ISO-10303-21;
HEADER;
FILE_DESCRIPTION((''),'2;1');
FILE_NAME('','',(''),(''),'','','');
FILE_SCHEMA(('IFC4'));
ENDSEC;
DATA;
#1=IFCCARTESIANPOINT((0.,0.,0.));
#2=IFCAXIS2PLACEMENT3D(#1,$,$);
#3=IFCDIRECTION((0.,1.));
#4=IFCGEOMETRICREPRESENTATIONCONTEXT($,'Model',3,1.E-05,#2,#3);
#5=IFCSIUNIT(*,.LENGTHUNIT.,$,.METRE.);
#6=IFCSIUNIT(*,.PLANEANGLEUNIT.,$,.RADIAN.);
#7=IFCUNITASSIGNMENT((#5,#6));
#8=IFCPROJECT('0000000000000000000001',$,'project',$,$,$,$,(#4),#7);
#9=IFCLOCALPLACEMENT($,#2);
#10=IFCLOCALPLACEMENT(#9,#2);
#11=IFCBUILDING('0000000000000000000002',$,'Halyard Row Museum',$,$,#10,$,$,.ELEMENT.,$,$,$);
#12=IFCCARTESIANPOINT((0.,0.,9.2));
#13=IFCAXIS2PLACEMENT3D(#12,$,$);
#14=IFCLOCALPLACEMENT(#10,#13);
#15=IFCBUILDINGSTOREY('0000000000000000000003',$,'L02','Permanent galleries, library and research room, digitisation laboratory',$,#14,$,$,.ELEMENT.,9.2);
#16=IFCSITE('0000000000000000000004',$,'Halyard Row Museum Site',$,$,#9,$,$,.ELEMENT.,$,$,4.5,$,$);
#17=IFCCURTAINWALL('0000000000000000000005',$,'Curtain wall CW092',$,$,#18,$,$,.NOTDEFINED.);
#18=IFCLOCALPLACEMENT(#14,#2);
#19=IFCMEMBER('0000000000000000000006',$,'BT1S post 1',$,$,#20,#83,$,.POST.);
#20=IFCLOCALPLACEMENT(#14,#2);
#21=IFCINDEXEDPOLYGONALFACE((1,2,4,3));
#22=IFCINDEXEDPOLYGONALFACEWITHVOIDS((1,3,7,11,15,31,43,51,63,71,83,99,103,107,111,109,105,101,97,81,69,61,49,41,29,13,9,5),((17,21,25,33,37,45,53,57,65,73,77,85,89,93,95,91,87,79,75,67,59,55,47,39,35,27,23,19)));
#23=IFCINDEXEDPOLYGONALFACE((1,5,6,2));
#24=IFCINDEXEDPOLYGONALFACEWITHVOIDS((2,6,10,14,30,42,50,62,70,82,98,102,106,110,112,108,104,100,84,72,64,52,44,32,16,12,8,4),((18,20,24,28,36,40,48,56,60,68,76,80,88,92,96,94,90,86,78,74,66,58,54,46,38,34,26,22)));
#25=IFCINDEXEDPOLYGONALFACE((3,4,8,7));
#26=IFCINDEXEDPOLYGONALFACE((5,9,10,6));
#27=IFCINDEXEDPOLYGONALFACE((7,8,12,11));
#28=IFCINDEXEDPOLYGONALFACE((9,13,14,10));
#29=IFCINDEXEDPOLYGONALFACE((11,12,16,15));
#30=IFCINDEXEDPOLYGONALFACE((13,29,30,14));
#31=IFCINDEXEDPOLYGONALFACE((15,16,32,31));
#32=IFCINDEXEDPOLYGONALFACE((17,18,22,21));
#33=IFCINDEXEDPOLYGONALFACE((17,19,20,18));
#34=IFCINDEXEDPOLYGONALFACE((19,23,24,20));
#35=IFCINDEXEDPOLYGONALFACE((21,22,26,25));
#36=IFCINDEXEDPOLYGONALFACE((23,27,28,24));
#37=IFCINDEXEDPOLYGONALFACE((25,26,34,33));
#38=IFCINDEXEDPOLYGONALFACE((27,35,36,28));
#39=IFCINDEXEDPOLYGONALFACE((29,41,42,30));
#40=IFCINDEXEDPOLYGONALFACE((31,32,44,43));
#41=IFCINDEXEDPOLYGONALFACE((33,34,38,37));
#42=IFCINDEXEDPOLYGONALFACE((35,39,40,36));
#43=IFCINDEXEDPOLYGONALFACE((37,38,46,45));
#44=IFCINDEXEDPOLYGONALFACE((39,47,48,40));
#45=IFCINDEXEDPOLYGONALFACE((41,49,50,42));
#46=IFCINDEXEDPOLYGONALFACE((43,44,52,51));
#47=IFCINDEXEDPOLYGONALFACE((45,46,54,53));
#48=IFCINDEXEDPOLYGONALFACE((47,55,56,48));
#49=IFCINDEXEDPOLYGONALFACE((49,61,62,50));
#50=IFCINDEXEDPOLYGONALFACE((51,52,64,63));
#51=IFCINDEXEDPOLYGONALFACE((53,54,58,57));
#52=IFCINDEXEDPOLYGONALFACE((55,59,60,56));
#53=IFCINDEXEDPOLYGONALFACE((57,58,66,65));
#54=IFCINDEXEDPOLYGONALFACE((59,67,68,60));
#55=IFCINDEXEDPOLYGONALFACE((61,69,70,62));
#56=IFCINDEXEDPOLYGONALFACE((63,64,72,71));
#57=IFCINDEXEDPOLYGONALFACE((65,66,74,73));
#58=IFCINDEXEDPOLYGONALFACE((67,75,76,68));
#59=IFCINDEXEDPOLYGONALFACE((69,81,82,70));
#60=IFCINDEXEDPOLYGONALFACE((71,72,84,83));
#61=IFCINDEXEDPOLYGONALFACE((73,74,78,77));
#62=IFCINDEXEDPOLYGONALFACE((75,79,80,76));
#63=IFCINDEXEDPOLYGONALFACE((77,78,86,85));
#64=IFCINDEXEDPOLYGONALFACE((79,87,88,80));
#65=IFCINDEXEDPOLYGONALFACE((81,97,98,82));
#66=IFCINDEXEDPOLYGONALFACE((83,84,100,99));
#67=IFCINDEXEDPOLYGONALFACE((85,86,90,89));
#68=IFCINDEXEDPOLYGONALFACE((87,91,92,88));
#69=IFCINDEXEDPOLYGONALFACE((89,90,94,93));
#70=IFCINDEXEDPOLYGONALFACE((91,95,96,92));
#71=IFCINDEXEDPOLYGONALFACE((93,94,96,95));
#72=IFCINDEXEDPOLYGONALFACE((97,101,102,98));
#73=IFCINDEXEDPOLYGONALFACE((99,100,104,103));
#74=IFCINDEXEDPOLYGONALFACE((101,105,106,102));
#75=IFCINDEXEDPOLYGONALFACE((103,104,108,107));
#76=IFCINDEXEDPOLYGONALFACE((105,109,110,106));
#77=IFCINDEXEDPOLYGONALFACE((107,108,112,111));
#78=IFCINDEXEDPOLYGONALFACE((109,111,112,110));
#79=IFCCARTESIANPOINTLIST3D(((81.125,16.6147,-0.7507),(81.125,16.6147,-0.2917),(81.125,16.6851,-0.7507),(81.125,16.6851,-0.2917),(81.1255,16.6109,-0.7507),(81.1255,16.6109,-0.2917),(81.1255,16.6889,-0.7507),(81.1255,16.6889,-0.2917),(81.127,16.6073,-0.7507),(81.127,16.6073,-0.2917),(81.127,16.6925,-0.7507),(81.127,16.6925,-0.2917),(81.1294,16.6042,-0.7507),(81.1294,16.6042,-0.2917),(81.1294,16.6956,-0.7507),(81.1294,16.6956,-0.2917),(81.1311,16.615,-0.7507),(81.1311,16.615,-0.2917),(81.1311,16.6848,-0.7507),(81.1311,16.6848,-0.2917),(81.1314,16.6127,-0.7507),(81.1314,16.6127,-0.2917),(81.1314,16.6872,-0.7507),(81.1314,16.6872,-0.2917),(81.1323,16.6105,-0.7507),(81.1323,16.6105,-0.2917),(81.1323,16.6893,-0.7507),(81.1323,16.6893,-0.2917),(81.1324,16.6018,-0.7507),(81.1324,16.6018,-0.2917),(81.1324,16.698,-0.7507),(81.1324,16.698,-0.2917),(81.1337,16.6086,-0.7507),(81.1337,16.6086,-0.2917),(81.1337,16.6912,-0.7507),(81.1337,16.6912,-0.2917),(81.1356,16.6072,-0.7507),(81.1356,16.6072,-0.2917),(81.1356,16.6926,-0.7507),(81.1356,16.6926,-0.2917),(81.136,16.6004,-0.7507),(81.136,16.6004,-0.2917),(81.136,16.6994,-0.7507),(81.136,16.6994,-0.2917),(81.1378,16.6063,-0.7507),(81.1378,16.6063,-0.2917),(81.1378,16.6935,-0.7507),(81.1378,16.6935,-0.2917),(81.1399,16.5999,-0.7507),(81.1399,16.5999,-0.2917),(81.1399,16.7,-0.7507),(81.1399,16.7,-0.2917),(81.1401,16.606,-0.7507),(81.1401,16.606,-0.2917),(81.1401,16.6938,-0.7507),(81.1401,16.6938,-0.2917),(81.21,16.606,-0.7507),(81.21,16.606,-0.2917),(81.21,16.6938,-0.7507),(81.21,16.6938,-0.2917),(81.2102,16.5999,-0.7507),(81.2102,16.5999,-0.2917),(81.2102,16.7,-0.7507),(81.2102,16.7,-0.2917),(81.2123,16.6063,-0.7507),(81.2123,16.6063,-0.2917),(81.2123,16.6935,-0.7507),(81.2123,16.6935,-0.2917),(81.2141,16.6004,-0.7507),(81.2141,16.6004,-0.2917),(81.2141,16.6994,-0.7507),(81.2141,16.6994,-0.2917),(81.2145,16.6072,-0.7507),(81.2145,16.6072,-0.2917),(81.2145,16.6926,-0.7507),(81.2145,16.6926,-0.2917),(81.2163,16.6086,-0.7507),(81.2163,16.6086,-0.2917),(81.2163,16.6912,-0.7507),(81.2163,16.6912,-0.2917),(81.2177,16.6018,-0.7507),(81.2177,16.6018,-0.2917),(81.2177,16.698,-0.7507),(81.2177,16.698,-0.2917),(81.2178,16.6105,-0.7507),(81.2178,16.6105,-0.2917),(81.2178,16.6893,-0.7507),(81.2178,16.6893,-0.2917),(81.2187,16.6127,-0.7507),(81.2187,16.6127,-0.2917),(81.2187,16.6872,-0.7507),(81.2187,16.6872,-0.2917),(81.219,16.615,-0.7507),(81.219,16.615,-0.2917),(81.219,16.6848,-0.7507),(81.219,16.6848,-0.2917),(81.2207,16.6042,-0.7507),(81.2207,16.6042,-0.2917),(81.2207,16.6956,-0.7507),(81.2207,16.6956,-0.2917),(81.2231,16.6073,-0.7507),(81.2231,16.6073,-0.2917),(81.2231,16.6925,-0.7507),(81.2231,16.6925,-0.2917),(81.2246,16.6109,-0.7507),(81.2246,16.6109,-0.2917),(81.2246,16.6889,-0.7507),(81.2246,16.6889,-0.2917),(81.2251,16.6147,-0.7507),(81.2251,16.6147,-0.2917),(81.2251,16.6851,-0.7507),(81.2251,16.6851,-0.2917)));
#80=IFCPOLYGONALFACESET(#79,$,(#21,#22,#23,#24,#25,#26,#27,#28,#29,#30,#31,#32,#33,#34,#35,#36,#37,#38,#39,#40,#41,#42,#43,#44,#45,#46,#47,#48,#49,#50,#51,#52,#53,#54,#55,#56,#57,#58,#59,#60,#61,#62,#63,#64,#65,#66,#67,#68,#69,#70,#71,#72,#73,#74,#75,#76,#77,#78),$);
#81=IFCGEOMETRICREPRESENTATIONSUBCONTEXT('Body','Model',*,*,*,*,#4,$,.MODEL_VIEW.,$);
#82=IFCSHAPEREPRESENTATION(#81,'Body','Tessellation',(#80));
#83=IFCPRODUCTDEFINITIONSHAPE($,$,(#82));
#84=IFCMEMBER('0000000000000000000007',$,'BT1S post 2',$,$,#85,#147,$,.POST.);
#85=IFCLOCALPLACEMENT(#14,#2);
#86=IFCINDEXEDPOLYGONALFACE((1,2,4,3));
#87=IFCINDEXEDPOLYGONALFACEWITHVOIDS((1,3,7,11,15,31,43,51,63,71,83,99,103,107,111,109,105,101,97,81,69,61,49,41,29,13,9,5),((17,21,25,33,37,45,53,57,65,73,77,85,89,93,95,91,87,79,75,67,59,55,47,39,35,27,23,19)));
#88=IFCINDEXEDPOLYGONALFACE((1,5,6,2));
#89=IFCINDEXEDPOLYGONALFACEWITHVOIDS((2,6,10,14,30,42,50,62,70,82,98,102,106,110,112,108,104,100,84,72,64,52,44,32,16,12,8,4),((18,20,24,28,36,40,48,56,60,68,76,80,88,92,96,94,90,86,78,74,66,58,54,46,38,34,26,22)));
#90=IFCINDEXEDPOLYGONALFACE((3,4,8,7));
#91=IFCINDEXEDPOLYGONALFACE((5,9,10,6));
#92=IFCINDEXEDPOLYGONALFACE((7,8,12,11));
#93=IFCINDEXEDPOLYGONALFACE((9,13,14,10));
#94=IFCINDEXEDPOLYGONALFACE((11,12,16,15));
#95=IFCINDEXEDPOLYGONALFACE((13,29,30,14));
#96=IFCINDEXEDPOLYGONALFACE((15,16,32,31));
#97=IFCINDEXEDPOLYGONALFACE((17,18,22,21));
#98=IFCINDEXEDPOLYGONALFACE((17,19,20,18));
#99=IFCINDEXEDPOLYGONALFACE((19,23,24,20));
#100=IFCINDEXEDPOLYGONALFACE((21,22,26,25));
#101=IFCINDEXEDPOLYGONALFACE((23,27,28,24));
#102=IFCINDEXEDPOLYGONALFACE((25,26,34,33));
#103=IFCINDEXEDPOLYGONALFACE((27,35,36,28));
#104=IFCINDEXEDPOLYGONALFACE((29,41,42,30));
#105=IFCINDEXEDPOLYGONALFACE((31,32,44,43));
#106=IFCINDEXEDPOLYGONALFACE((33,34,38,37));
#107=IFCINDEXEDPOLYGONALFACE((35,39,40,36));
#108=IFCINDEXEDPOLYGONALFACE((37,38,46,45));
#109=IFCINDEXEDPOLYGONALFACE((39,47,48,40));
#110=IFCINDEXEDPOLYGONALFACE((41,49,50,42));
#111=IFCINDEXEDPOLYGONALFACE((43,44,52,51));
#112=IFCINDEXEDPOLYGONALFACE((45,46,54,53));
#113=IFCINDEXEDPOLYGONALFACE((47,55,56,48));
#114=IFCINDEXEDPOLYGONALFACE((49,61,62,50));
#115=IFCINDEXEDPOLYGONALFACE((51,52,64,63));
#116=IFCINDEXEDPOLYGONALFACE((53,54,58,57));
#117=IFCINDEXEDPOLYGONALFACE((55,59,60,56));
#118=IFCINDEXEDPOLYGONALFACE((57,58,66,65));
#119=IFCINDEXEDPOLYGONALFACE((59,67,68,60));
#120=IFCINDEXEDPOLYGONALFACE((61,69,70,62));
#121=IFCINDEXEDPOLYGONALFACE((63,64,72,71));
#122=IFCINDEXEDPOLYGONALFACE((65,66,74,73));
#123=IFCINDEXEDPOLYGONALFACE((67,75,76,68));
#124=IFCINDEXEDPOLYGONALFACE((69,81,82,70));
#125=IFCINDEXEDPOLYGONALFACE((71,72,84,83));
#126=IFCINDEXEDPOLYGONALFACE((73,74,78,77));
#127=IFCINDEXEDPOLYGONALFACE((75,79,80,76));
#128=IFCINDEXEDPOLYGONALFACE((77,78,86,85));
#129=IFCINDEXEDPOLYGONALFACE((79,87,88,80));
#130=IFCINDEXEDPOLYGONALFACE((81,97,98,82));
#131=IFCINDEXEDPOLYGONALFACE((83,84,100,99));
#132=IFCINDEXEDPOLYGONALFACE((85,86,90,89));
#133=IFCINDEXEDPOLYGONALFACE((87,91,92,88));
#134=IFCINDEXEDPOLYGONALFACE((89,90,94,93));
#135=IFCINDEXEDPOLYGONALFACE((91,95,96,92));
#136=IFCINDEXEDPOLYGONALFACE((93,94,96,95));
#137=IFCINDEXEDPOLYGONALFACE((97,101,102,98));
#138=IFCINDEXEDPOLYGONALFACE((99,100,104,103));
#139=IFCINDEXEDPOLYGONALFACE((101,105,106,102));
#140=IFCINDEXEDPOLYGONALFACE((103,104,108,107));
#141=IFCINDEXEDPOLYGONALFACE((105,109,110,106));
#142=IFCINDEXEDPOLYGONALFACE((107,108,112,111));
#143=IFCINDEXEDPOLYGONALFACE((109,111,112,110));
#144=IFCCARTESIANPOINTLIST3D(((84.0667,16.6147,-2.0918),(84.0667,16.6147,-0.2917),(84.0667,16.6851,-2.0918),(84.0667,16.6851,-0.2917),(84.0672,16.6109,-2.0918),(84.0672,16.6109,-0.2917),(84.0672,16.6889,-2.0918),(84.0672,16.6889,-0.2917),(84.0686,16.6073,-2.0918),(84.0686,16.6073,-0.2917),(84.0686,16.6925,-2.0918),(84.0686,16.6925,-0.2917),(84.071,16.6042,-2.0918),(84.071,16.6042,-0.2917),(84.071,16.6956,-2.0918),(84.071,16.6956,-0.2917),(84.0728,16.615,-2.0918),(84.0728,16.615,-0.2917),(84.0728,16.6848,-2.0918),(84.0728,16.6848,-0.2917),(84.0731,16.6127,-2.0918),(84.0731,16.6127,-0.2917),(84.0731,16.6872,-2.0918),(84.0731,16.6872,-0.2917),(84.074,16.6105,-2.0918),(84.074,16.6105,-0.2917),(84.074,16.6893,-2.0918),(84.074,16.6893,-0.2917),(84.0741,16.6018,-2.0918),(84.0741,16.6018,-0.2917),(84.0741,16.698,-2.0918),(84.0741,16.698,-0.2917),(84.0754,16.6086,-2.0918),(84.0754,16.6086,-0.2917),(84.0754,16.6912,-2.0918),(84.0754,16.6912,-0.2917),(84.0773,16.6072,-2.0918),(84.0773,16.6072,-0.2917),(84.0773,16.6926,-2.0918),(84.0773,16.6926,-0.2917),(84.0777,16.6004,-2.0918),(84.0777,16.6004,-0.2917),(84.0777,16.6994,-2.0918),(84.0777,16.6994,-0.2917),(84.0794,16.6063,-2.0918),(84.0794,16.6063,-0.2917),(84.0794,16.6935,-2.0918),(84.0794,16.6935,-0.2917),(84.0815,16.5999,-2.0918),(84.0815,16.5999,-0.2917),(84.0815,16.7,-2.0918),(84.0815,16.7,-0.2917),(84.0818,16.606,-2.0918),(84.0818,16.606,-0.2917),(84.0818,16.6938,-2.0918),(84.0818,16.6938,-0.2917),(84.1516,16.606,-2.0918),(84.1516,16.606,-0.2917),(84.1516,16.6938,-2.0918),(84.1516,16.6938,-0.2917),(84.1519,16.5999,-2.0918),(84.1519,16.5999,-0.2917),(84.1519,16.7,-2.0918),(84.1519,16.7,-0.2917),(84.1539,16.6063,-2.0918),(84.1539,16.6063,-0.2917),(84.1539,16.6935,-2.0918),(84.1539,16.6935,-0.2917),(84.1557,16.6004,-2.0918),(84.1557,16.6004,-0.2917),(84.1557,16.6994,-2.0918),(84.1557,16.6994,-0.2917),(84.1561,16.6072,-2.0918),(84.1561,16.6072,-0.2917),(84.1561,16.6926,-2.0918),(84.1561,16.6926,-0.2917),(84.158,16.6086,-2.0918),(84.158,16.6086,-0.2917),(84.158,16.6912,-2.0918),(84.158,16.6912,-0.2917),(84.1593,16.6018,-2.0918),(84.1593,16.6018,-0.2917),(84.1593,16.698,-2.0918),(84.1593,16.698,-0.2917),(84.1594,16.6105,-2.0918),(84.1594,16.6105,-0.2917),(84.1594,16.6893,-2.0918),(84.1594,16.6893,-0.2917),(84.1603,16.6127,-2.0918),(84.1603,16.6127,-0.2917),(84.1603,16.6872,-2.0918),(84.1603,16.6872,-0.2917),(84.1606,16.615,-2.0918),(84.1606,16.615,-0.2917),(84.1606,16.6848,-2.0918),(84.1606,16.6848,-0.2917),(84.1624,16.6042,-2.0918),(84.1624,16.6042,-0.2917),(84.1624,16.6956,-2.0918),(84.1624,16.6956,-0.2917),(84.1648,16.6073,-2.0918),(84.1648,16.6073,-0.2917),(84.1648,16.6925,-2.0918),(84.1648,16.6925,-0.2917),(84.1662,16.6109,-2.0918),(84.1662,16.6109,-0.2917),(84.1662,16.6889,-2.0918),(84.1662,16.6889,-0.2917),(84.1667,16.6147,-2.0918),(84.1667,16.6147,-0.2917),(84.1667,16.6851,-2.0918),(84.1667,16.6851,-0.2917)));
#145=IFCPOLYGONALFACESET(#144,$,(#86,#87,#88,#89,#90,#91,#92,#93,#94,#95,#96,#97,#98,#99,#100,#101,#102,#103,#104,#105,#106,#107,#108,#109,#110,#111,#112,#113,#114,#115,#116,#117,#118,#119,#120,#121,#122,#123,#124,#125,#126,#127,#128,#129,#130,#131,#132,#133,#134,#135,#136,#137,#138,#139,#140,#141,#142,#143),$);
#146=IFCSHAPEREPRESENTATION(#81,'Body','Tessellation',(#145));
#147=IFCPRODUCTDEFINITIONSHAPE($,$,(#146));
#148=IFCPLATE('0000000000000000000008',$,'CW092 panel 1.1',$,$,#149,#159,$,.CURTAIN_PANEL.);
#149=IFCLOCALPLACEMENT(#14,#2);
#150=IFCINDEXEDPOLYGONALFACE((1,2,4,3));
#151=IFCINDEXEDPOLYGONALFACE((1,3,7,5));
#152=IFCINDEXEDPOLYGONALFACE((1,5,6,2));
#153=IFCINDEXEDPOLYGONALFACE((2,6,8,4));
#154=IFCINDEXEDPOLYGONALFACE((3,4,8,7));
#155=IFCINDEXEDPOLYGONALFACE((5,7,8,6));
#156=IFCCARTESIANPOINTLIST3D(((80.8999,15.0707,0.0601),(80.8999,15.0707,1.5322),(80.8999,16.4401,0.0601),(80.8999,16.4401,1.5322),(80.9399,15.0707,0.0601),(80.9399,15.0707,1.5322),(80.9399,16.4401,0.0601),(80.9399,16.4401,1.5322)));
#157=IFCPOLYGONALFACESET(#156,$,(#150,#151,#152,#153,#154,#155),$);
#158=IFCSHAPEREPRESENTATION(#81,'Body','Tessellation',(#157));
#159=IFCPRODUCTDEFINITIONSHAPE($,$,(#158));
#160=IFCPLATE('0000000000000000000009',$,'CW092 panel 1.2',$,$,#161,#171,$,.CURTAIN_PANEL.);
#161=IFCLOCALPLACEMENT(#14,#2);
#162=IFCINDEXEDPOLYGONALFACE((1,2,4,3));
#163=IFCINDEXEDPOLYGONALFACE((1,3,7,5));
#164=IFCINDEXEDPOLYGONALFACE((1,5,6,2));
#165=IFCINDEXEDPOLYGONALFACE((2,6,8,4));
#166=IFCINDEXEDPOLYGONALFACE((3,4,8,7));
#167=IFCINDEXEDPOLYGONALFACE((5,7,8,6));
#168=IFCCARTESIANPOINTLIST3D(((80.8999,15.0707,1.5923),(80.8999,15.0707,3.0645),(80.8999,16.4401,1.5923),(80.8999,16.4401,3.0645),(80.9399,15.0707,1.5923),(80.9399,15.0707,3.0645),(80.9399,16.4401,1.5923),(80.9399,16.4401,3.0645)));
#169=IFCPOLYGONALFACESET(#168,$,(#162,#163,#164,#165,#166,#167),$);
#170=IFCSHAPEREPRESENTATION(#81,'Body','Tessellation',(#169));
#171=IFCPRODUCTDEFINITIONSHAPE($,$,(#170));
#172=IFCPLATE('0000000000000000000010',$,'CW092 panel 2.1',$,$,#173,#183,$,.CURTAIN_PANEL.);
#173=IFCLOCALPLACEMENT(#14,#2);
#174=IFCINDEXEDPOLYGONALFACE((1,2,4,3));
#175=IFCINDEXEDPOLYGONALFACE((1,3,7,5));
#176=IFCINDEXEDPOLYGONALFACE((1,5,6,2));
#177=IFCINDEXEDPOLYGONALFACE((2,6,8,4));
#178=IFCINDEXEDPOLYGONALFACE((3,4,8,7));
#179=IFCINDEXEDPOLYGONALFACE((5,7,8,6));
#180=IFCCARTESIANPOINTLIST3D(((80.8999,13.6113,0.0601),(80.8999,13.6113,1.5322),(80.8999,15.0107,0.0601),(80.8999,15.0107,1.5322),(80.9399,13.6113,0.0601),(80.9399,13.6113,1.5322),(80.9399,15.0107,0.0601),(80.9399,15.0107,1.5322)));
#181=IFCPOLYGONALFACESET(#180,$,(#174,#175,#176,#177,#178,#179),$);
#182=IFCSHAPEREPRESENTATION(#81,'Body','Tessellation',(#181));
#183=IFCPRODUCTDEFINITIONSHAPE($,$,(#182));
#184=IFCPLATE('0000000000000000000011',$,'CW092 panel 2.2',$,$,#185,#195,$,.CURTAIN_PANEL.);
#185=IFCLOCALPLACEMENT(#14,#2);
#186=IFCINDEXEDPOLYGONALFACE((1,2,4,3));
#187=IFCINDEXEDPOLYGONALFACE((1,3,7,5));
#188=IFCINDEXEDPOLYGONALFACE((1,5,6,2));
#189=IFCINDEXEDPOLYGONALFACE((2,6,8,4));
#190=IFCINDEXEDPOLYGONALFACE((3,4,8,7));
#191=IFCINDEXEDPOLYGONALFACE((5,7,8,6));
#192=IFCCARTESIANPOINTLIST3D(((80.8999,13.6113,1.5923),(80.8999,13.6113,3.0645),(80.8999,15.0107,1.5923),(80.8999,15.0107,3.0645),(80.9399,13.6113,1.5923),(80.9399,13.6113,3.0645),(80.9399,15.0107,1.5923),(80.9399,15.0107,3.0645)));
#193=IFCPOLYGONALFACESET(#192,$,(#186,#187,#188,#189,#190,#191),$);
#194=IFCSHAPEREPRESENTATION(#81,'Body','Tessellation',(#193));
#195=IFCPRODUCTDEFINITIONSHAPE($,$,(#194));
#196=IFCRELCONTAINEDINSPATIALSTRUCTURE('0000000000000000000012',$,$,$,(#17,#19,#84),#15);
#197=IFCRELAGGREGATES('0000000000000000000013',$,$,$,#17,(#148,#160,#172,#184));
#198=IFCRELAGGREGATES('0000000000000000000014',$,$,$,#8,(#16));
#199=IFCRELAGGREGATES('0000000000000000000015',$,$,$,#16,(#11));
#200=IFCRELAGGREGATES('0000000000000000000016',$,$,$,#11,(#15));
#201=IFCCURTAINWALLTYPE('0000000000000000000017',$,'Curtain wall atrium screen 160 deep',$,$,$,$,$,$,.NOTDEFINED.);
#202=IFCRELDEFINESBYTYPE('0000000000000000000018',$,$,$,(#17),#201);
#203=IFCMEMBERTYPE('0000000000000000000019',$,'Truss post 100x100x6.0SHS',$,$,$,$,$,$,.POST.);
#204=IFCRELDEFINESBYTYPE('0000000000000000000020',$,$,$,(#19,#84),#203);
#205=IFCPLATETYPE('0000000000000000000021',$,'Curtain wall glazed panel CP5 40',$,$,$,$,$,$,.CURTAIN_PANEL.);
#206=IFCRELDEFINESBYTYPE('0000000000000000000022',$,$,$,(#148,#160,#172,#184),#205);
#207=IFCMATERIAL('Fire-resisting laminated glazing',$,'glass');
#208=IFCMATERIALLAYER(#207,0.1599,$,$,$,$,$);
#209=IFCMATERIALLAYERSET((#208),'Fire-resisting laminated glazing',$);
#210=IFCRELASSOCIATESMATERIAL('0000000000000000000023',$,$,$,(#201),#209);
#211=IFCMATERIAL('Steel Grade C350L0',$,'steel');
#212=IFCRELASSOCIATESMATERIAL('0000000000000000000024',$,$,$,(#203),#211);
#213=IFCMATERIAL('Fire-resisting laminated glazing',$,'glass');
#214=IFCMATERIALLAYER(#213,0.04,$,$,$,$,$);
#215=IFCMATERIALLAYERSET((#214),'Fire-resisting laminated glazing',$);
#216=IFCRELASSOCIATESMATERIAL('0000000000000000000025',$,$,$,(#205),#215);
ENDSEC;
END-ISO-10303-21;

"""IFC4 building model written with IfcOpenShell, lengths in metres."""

from ifc_helpers import new_model, si_unit, direction, frame, origin, origin_2d, place, context, subcontext, project, spatial, rectangle, hollow_rectangle, extrude, material, layer, layer_set, material_profile, profile_set, type_object, element, aggregate, save


model = new_model("IFC4")

# Units and contexts
model_context = context("Model", 3, precision=1e-05, world=origin(), true_north=direction((0.0, 1.0)))
body_context = subcontext(model_context, "Body", "Model", "MODEL_VIEW")
ifc_project = project(units=[si_unit("LENGTHUNIT", "METRE"), si_unit("PLANEANGLEUNIT", "RADIAN")], contexts=[model_context])

# Site, building, storey
site_placement = place(None, origin())
site = spatial("IfcSite", under=ifc_project, at=site_placement, Name="Halyard Row Museum Site", CompositionType="ELEMENT", RefElevation=4.5)
building_placement = place(site_placement, origin())
building = spatial("IfcBuilding", under=site, at=building_placement, Name="Halyard Row Museum", CompositionType="ELEMENT")
storey_placement = place(building_placement, frame((0.0, 0.0, 9.2)))
storey = spatial("IfcBuildingStorey", under=building, at=storey_placement, Name="L02", Description="Permanent galleries, library and research room, digitisation laboratory", CompositionType="ELEMENT", Elevation=9.2)

# Curtain wall
ifc_material_1 = material(Name="Fire-resisting laminated glazing", Category="glass")
ifc_layer_1 = layer(ifc_material_1, 0.1599)
ifc_layer_set_1 = layer_set([ifc_layer_1], Name="Fire-resisting laminated glazing")
curtain_wall_type = type_object("IfcCurtainWallType", Name="Curtain wall atrium screen 160 deep", PredefinedType="NOTDEFINED", material=ifc_layer_set_1)
curtain_wall_placement = place(storey_placement, origin())
curtain_wall = element("IfcCurtainWall", 1, at=curtain_wall_placement, inside=storey, type_object=curtain_wall_type, Name="Curtain wall CW092", PredefinedType="NOTDEFINED")

# Members
ifc_material_2 = material(Name="Steel Grade C350L0", Category="steel")
ifc_material_profile_1 = material_profile(ifc_material_2, hollow_rectangle(XDim=0.1001, YDim=0.1001, WallThickness=0.0061, InnerFilletRadius=0.009, OuterFilletRadius=0.0149, at=origin_2d()), Name="100x100x6.0SHS")
ifc_profile_set_1 = profile_set([ifc_material_profile_1], Name="Steel Grade C350L0")
member_type_1 = type_object("IfcMemberType", Name="Truss post 100x100x6.0SHS", PredefinedType="POST", material=ifc_profile_set_1)
member_1_placement = place(storey_placement, frame((81.175, 16.6499, -0.7507), z_axis=(0.0, 0.0, 1.0), x_axis=(1.0, 0.0, 0.0)))
element("IfcMember", 2, at=member_1_placement, inside=storey, type_object=member_type_1, Name="BT1S post 1", PredefinedType="POST", context=body_context, shape_type="SweptSolid", body=[
    extrude(hollow_rectangle(XDim=0.1001, YDim=0.1001, WallThickness=0.0061, InnerFilletRadius=0.009, OuterFilletRadius=0.0149, at=origin_2d()), origin(), (0.0, 0.0, 1.0), 0.459),
])
member_2_placement = place(storey_placement, frame((84.1167, 16.6499, -2.0918), z_axis=(0.0, 0.0, 1.0), x_axis=(1.0, 0.0, 0.0)))
element("IfcMember", 3, at=member_2_placement, inside=storey, type_object=member_type_1, Name="BT1S post 2", PredefinedType="POST", context=body_context, shape_type="SweptSolid", body=[
    extrude(hollow_rectangle(XDim=0.1001, YDim=0.1001, WallThickness=0.0061, InnerFilletRadius=0.009, OuterFilletRadius=0.0149, at=origin_2d()), origin(), (0.0, 0.0, 1.0), 1.8),
])

# Plates
ifc_material_3 = material(Name="Fire-resisting laminated glazing", Category="glass")
ifc_layer_2 = layer(ifc_material_3, 0.04)
ifc_layer_set_2 = layer_set([ifc_layer_2], Name="Fire-resisting laminated glazing")
plate_type = type_object("IfcPlateType", Name="Curtain wall glazed panel CP5 40", PredefinedType="CURTAIN_PANEL", material=ifc_layer_set_2)
plate_1_placement = place(storey_placement, frame((80.9199, 15.7554, 0.0601), z_axis=(0.0, 0.0, 1.0), x_axis=(0.0, -1.0, 0.0)))
plate_1 = element("IfcPlate", 4, at=plate_1_placement, type_object=plate_type, Name="CW092 panel 1.1", PredefinedType="CURTAIN_PANEL", context=body_context, shape_type="SweptSolid", body=[
    extrude(rectangle(XDim=1.3694, YDim=0.04, at=origin_2d()), origin(), (0.0, 0.0, 1.0), 1.4722),
])
plate_2_placement = place(storey_placement, frame((80.9199, 15.7554, 1.5923), z_axis=(0.0, 0.0, 1.0), x_axis=(0.0, -1.0, 0.0)))
plate_2 = element("IfcPlate", 5, at=plate_2_placement, type_object=plate_type, Name="CW092 panel 1.2", PredefinedType="CURTAIN_PANEL", context=body_context, shape_type="SweptSolid", body=[
    extrude(rectangle(XDim=1.3694, YDim=0.04, at=origin_2d()), origin(), (0.0, 0.0, 1.0), 1.4722),
])
plate_3_placement = place(storey_placement, frame((80.9199, 14.311, 0.0601), z_axis=(0.0, 0.0, 1.0), x_axis=(0.0, -1.0, 0.0)))
plate_3 = element("IfcPlate", 6, at=plate_3_placement, type_object=plate_type, Name="CW092 panel 2.1", PredefinedType="CURTAIN_PANEL", context=body_context, shape_type="SweptSolid", body=[
    extrude(rectangle(XDim=1.3994, YDim=0.04, at=origin_2d()), origin(), (0.0, 0.0, 1.0), 1.4722),
])
plate_4_placement = place(storey_placement, frame((80.9199, 14.311, 1.5923), z_axis=(0.0, 0.0, 1.0), x_axis=(0.0, -1.0, 0.0)))
plate_4 = element("IfcPlate", 7, at=plate_4_placement, type_object=plate_type, Name="CW092 panel 2.2", PredefinedType="CURTAIN_PANEL", context=body_context, shape_type="SweptSolid", body=[
    extrude(rectangle(XDim=1.3994, YDim=0.04, at=origin_2d()), origin(), (0.0, 0.0, 1.0), 1.4722),
])
aggregate(curtain_wall, [plate_1, plate_2, plate_3, plate_4])

save(model, "model.ifc")
